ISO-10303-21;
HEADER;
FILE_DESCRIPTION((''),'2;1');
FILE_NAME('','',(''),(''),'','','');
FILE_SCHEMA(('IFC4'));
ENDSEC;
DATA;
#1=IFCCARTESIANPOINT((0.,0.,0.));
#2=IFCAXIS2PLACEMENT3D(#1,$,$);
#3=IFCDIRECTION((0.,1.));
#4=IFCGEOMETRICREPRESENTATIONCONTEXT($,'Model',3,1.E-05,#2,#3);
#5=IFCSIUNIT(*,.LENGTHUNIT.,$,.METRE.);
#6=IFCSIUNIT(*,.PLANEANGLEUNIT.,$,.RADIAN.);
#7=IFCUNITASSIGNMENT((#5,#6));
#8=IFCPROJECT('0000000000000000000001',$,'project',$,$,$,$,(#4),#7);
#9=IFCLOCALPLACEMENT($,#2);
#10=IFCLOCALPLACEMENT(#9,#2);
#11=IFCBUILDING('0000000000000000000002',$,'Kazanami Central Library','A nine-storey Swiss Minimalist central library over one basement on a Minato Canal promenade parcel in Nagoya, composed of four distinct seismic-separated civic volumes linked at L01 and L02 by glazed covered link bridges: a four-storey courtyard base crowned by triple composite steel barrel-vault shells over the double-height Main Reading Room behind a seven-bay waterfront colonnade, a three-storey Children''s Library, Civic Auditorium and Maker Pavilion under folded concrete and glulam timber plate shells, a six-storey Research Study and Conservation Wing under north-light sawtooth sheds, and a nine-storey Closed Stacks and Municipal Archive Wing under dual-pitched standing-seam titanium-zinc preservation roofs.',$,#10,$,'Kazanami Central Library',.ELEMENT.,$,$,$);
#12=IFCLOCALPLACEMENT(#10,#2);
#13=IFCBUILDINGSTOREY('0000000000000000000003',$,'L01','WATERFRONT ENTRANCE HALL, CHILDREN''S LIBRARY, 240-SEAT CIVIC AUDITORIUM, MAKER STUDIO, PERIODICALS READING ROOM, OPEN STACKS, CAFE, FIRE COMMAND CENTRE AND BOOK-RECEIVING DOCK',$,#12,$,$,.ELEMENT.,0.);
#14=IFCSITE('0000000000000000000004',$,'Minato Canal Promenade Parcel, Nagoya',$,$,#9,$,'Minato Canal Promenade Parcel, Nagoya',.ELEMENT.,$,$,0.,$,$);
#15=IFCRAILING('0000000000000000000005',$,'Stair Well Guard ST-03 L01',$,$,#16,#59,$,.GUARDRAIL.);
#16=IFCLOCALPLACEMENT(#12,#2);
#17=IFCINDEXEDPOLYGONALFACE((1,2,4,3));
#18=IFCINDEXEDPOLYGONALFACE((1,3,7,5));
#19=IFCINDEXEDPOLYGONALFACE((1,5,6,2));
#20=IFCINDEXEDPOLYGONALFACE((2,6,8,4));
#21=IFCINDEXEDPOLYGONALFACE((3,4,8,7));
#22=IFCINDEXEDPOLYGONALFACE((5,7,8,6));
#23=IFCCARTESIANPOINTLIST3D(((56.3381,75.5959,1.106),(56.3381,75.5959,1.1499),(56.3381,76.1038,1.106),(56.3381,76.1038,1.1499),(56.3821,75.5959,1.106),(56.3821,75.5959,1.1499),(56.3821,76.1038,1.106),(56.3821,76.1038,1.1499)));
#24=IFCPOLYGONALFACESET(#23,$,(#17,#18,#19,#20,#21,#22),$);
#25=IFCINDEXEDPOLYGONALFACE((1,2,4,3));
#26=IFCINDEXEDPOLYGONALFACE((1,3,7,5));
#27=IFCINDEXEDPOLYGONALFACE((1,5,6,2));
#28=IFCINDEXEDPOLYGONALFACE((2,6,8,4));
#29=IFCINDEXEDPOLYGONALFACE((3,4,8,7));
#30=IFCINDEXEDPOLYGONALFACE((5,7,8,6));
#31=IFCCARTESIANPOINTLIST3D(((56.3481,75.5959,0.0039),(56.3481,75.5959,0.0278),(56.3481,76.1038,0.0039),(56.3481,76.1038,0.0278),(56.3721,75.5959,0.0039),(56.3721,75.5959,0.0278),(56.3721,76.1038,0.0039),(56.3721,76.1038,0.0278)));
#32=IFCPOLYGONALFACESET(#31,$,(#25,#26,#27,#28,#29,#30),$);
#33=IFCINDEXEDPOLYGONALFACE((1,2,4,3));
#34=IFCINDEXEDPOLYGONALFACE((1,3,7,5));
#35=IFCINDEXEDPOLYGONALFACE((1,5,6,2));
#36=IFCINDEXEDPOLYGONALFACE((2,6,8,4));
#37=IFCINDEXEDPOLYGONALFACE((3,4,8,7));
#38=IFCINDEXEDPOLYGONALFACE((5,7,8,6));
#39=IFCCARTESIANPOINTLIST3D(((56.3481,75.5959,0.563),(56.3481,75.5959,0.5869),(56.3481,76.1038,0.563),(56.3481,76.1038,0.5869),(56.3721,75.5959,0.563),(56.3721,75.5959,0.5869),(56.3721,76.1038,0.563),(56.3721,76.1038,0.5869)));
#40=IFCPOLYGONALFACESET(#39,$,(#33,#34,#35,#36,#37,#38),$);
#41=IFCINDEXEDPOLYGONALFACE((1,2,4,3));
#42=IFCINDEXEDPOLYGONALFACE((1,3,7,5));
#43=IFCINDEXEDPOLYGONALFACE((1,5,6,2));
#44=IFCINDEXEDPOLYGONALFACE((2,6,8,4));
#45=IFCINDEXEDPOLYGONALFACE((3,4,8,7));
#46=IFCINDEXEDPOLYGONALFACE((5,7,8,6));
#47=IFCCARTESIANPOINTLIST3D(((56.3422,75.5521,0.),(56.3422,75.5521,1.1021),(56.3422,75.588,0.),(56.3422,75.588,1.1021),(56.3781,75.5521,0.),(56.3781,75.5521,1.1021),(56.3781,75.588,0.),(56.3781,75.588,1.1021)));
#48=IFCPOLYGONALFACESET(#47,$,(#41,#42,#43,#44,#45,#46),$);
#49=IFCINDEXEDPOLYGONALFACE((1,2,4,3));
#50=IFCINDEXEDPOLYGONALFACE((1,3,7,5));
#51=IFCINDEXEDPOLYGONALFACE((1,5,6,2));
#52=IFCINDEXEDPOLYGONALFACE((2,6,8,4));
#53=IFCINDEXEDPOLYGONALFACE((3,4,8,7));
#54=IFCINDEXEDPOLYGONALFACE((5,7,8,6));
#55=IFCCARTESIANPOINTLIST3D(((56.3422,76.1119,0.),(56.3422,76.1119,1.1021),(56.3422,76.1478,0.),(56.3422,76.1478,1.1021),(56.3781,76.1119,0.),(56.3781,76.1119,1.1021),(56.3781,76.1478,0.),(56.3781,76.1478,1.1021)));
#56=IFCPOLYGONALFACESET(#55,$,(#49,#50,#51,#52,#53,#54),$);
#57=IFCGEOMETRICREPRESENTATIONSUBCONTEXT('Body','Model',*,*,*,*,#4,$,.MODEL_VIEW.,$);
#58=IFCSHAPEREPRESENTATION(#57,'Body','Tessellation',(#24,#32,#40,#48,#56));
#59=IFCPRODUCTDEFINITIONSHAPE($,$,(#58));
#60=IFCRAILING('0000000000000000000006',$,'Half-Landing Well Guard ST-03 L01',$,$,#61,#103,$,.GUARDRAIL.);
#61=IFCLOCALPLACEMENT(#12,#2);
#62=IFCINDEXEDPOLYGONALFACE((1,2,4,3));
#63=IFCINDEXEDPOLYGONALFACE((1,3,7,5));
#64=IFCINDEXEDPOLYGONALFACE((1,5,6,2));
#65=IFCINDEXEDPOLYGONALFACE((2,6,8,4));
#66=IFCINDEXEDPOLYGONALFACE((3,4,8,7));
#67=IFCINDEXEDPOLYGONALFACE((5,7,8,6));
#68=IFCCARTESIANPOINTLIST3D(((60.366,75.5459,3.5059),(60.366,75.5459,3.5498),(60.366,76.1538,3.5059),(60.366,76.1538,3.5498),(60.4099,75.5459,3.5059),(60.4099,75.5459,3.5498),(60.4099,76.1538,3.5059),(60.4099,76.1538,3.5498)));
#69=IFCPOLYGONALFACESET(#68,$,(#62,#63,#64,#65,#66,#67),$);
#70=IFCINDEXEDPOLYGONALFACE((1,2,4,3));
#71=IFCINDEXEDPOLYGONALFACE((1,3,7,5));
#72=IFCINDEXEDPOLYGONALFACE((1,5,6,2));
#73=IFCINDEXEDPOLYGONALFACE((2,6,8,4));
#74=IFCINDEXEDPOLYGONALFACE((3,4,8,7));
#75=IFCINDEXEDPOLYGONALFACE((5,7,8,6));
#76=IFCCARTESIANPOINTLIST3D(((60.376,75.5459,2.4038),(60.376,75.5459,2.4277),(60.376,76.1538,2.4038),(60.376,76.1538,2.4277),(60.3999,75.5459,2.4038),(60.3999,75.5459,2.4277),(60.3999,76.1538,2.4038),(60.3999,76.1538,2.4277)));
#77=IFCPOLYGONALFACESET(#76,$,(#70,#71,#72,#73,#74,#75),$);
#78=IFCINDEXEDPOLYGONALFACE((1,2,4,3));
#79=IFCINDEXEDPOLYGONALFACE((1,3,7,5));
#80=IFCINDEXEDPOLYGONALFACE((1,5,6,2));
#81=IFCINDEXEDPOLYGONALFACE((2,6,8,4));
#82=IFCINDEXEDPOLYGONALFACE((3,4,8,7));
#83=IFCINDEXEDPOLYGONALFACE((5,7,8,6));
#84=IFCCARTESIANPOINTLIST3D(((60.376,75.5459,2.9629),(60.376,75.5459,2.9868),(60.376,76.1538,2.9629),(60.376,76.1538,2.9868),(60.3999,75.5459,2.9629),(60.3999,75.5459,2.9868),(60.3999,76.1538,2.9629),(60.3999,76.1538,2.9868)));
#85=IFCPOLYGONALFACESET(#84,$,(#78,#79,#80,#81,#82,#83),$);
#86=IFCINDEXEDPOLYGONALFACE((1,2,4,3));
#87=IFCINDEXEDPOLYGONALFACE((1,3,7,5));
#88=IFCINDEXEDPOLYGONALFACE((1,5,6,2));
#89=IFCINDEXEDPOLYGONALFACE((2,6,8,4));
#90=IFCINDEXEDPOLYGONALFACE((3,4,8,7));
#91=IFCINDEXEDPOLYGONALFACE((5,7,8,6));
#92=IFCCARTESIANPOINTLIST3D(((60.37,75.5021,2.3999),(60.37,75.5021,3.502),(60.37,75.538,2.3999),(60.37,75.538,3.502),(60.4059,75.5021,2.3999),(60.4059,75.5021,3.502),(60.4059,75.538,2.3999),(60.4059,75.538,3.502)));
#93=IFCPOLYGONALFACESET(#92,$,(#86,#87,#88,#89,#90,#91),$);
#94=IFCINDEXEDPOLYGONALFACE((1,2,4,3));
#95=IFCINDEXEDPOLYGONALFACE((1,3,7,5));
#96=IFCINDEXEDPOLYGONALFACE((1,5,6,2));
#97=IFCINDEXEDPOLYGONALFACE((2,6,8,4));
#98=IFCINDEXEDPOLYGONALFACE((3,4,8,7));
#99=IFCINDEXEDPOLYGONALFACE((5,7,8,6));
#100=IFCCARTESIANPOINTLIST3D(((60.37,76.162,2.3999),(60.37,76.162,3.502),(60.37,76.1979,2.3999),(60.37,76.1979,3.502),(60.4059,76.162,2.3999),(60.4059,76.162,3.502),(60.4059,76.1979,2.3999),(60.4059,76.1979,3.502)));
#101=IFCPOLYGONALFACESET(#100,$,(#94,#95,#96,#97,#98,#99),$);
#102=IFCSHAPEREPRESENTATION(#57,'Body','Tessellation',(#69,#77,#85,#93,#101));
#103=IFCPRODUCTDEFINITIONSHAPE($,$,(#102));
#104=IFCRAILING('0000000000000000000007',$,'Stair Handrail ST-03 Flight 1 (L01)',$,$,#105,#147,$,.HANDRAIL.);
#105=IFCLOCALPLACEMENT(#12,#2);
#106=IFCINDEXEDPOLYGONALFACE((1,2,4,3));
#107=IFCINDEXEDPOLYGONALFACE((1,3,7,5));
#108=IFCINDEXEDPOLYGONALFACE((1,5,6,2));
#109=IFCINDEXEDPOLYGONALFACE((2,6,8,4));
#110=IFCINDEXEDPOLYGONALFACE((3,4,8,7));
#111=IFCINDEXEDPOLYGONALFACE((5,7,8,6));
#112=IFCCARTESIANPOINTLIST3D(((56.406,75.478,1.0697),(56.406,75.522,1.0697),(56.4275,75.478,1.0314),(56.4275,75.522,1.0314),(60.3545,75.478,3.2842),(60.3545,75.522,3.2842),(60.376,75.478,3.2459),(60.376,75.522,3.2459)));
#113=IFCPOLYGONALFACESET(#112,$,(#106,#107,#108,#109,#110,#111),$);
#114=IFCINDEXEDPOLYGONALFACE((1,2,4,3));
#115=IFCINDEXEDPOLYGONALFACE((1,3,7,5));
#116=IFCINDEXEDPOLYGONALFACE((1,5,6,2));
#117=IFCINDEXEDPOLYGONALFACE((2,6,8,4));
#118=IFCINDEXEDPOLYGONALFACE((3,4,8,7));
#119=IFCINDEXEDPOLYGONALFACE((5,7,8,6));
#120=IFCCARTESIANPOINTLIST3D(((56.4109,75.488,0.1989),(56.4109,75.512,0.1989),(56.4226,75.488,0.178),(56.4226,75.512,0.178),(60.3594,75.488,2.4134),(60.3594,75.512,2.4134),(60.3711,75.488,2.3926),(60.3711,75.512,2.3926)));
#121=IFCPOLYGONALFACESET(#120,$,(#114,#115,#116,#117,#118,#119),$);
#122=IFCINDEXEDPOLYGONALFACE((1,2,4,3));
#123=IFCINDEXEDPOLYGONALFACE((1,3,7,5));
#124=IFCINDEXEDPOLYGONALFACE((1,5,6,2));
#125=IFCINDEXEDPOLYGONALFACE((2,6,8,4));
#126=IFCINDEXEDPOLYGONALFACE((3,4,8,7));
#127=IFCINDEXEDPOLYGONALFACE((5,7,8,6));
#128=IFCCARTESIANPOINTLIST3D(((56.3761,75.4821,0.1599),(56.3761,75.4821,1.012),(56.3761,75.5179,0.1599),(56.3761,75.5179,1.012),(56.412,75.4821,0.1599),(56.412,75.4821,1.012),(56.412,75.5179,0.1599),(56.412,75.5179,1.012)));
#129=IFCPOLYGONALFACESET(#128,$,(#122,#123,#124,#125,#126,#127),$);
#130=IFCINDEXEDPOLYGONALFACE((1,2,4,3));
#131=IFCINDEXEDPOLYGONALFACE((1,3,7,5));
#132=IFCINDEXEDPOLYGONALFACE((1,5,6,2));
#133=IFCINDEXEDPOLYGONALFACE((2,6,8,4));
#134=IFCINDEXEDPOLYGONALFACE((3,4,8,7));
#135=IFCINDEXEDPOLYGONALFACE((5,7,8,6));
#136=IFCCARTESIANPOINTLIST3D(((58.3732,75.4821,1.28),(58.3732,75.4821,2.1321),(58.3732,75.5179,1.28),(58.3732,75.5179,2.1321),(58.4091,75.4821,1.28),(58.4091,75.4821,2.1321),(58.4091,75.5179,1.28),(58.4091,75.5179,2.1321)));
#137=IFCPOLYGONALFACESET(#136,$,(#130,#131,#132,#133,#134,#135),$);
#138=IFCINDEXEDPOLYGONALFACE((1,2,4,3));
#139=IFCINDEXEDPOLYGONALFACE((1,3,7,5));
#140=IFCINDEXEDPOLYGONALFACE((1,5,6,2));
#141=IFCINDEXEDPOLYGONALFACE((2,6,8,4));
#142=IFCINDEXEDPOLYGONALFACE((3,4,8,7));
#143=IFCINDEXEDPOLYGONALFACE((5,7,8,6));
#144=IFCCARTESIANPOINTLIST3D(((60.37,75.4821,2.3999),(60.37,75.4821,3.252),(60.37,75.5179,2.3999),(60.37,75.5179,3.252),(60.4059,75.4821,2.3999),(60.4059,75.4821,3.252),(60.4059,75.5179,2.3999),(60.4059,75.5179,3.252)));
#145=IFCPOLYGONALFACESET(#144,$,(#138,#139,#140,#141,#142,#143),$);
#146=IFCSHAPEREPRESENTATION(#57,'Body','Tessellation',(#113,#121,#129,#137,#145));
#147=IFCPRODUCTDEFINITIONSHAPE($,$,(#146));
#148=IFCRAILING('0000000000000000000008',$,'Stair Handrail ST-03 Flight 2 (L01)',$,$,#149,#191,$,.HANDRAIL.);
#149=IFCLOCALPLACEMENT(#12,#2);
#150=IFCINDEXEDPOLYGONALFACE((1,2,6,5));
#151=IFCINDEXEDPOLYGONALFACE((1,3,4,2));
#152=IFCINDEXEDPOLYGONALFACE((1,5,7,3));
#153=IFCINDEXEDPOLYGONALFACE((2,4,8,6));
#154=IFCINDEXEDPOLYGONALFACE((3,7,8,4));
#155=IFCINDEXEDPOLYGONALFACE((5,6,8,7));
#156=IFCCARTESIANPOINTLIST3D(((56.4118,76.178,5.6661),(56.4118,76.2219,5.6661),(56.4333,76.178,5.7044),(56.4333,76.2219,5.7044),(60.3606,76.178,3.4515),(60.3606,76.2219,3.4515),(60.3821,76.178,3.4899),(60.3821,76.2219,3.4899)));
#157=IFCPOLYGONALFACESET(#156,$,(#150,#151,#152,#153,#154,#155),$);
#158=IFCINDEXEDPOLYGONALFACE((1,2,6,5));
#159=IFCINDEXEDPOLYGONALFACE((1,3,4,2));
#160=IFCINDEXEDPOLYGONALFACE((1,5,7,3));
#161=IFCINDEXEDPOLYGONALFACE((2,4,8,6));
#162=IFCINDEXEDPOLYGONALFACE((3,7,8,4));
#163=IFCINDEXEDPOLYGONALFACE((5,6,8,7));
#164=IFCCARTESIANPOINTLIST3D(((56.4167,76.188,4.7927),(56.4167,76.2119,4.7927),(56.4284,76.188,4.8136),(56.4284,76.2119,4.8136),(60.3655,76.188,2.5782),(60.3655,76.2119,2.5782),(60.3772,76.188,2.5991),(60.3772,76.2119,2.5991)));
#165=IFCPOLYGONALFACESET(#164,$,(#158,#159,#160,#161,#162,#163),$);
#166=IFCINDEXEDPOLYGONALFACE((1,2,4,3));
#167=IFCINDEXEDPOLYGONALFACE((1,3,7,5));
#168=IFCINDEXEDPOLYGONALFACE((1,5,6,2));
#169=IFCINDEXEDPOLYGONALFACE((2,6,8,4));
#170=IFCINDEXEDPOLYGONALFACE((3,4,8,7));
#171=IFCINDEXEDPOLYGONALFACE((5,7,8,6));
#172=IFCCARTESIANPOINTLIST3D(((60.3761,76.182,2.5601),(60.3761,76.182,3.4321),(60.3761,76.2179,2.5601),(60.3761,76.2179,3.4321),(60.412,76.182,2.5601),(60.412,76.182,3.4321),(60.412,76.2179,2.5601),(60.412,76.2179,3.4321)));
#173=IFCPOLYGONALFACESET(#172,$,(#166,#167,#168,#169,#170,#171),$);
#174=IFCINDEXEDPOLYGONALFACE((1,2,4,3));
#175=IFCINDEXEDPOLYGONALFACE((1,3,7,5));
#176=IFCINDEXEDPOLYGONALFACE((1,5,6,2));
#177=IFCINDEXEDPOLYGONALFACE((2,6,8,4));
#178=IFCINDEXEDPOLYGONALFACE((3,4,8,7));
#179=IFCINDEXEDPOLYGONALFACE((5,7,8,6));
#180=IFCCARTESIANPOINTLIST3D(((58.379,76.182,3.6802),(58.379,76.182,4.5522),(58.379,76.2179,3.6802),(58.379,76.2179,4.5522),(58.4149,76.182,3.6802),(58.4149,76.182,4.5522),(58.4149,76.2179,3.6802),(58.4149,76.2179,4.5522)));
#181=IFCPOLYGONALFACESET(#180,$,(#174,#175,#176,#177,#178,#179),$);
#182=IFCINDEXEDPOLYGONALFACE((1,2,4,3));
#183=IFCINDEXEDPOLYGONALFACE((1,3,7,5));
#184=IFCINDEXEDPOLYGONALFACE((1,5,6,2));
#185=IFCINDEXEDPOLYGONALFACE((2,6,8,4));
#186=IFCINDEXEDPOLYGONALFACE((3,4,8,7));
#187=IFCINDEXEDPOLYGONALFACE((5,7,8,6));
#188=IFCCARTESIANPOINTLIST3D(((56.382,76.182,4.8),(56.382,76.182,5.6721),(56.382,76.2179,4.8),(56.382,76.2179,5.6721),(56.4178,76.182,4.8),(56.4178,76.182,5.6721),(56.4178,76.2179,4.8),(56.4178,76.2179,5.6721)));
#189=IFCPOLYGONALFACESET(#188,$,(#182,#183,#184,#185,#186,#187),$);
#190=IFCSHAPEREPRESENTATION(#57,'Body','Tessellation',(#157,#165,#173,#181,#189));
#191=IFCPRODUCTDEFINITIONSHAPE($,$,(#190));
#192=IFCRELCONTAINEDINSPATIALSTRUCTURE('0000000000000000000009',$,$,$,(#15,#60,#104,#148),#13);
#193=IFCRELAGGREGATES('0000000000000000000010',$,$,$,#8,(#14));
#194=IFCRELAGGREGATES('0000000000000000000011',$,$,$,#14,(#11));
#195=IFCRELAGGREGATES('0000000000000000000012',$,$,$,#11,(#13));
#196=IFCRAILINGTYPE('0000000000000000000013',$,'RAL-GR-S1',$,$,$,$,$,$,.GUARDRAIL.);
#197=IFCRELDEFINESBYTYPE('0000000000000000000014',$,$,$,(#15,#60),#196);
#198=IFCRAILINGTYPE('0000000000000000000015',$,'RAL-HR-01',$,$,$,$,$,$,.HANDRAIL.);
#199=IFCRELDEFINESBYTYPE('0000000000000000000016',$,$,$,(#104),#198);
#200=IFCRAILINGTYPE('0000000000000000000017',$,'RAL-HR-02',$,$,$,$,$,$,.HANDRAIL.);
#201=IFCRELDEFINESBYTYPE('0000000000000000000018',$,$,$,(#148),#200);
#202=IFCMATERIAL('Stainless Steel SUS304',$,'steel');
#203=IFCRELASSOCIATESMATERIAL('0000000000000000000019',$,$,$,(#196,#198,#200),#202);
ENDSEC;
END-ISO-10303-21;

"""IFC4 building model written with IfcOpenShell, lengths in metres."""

from ifc_helpers import new_model, si_unit, direction, frame, origin, origin_2d, place, context, subcontext, project, spatial, rectangle, extrude, material, type_object, element, save


model = new_model("IFC4")

# Units and contexts
model_context = context("Model", 3, precision=1e-05, world=origin(), true_north=direction((0.0, 1.0)))
body_context = subcontext(model_context, "Body", "Model", "MODEL_VIEW")
ifc_project = project(units=[si_unit("LENGTHUNIT", "METRE"), si_unit("PLANEANGLEUNIT", "RADIAN")], contexts=[model_context])

# Site, building, storey
site_placement = place(None, origin())
site = spatial("IfcSite", under=ifc_project, at=site_placement, Name="Minato Canal Promenade Parcel, Nagoya", LongName="Minato Canal Promenade Parcel, Nagoya", CompositionType="ELEMENT", RefElevation=0.0)
building_placement = place(site_placement, origin())
building = spatial("IfcBuilding", under=site, at=building_placement, Name="Kazanami Central Library", Description="A nine-storey Swiss Minimalist central library over one basement on a Minato Canal promenade parcel in Nagoya, composed of four distinct seismic-separated civic volumes linked at L01 and L02 by glazed covered link bridges: a four-storey courtyard base crowned by triple composite steel barrel-vault shells over the double-height Main Reading Room behind a seven-bay waterfront colonnade, a three-storey Children's Library, Civic Auditorium and Maker Pavilion under folded concrete and glulam timber plate shells, a six-storey Research Study and Conservation Wing under north-light sawtooth sheds, and a nine-storey Closed Stacks and Municipal Archive Wing under dual-pitched standing-seam titanium-zinc preservation roofs.", LongName="Kazanami Central Library", CompositionType="ELEMENT")
storey_placement = place(building_placement, origin())
storey = spatial("IfcBuildingStorey", under=building, at=storey_placement, Name="L01", Description="WATERFRONT ENTRANCE HALL, CHILDREN'S LIBRARY, 240-SEAT CIVIC AUDITORIUM, MAKER STUDIO, PERIODICALS READING ROOM, OPEN STACKS, CAFE, FIRE COMMAND CENTRE AND BOOK-RECEIVING DOCK", CompositionType="ELEMENT", Elevation=0.0)

# Railings
ifc_material_1 = material(Name="Stainless Steel SUS304", Category="steel")
railing_type_1 = type_object("IfcRailingType", Name="RAL-GR-S1", PredefinedType="GUARDRAIL", material=ifc_material_1)
railing_1_placement = place(storey_placement, frame((56.3601, 75.5701, 0.0)))
element("IfcRailing", 1, at=railing_1_placement, inside=storey, type_object=railing_type_1, Name="Stair Well Guard ST-03 L01", PredefinedType="GUARDRAIL", context=body_context, shape_type="SweptSolid", body=[
    extrude(rectangle(XDim=0.0439, YDim=0.0439, at=origin_2d()), frame((0.0, 0.0259, 1.1279), z_axis=(0.0, 1.0, 0.0), x_axis=(-1.0, 0.0, 0.0)), (0.0, 0.0, 1.0), 0.5078),
    extrude(rectangle(XDim=0.0239, YDim=0.0239, at=origin_2d()), frame((0.0, 0.0259, 0.0159), z_axis=(0.0, 1.0, 0.0), x_axis=(-1.0, 0.0, 0.0)), (0.0, 0.0, 1.0), 0.5078),
    extrude(rectangle(XDim=0.0239, YDim=0.0239, at=origin_2d()), frame((0.0, 0.0259, 0.575), z_axis=(0.0, 1.0, 0.0), x_axis=(-1.0, 0.0, 0.0)), (0.0, 0.0, 1.0), 0.5078),
    extrude(rectangle(XDim=0.0359, YDim=0.0359, at=origin_2d()), origin(), (0.0, 0.0, 1.0), 1.1021),
    extrude(rectangle(XDim=0.0359, YDim=0.0359, at=origin_2d()), frame((0.0, 0.5598, 0.0)), (0.0, 0.0, 1.0), 1.1021),
])
railing_2_placement = place(storey_placement, frame((60.3879, 75.52, 2.3999)))
element("IfcRailing", 2, at=railing_2_placement, inside=storey, type_object=railing_type_1, Name="Half-Landing Well Guard ST-03 L01", PredefinedType="GUARDRAIL", context=body_context, shape_type="SweptSolid", body=[
    extrude(rectangle(XDim=0.0439, YDim=0.0439, at=origin_2d()), frame((0.0, 0.0259, 1.1279), z_axis=(0.0, 1.0, 0.0), x_axis=(-1.0, 0.0, 0.0)), (0.0, 0.0, 1.0), 0.6079),
    extrude(rectangle(XDim=0.0239, YDim=0.0239, at=origin_2d()), frame((0.0, 0.0259, 0.0159), z_axis=(0.0, 1.0, 0.0), x_axis=(-1.0, 0.0, 0.0)), (0.0, 0.0, 1.0), 0.6079),
    extrude(rectangle(XDim=0.0239, YDim=0.0239, at=origin_2d()), frame((0.0, 0.0259, 0.575), z_axis=(0.0, 1.0, 0.0), x_axis=(-1.0, 0.0, 0.0)), (0.0, 0.0, 1.0), 0.6079),
    extrude(rectangle(XDim=0.0359, YDim=0.0359, at=origin_2d()), origin(), (0.0, 0.0, 1.0), 1.1021),
    extrude(rectangle(XDim=0.0359, YDim=0.0359, at=origin_2d()), frame((0.0, 0.6599, 0.0)), (0.0, 0.0, 1.0), 1.1021),
])
railing_type_2 = type_object("IfcRailingType", Name="RAL-HR-01", PredefinedType="HANDRAIL", material=ifc_material_1)
railing_3_placement = place(storey_placement, frame((56.394, 75.5, 0.1599)))
element("IfcRailing", 3, at=railing_3_placement, inside=storey, type_object=railing_type_2, Name="Stair Handrail ST-03 Flight 1 (L01)", PredefinedType="HANDRAIL", context=body_context, shape_type="SweptSolid", body=[
    extrude(rectangle(XDim=0.0439, YDim=0.0439, at=origin_2d()), frame((0.0227, 0.0, 0.8906), z_axis=(0.872189, 0.0, 0.48917), x_axis=(0.0, 1.0, 0.0)), (0.0, 0.0, 1.0), 4.5271),
    extrude(rectangle(XDim=0.0239, YDim=0.0239, at=origin_2d()), frame((0.0227, 0.0, 0.0286), z_axis=(0.872189, 0.0, 0.48917), x_axis=(0.0, 1.0, 0.0)), (0.0, 0.0, 1.0), 4.5271),
    extrude(rectangle(XDim=0.0359, YDim=0.0359, at=origin_2d()), origin(), (0.0, 0.0, 1.0), 0.8521),
    extrude(rectangle(XDim=0.0359, YDim=0.0359, at=origin_2d()), frame((1.9971, 0.0, 1.1201)), (0.0, 0.0, 1.0), 0.8521),
    extrude(rectangle(XDim=0.0359, YDim=0.0359, at=origin_2d()), frame((3.9939, 0.0, 2.24)), (0.0, 0.0, 1.0), 0.8521),
])
railing_type_3 = type_object("IfcRailingType", Name="RAL-HR-02", PredefinedType="HANDRAIL", material=ifc_material_1)
railing_4_placement = place(storey_placement, frame((60.394, 76.2, 2.5601)))
element("IfcRailing", 4, at=railing_4_placement, inside=storey, type_object=railing_type_3, Name="Stair Handrail ST-03 Flight 2 (L01)", PredefinedType="HANDRAIL", context=body_context, shape_type="SweptSolid", body=[
    extrude(rectangle(XDim=0.0439, YDim=0.0439, at=origin_2d()), frame((-0.0227, 0.0, 0.9106), z_axis=(-0.872201, 0.0, 0.489147), x_axis=(0.0, -1.0, 0.0)), (0.0, 0.0, 1.0), 4.5273),
    extrude(rectangle(XDim=0.0239, YDim=0.0239, at=origin_2d()), frame((-0.0227, 0.0, 0.0286), z_axis=(-0.872201, 0.0, 0.489147), x_axis=(0.0, -1.0, 0.0)), (0.0, 0.0, 1.0), 4.5273),
    extrude(rectangle(XDim=0.0359, YDim=0.0359, at=origin_2d()), origin(), (0.0, 0.0, 1.0), 0.8721),
    extrude(rectangle(XDim=0.0359, YDim=0.0359, at=origin_2d()), frame((-1.9971, 0.0, 1.1201)), (0.0, 0.0, 1.0), 0.8721),
    extrude(rectangle(XDim=0.0359, YDim=0.0359, at=origin_2d()), frame((-3.9941, 0.0, 2.24)), (0.0, 0.0, 1.0), 0.8721),
])

save(model, "model.ifc")
